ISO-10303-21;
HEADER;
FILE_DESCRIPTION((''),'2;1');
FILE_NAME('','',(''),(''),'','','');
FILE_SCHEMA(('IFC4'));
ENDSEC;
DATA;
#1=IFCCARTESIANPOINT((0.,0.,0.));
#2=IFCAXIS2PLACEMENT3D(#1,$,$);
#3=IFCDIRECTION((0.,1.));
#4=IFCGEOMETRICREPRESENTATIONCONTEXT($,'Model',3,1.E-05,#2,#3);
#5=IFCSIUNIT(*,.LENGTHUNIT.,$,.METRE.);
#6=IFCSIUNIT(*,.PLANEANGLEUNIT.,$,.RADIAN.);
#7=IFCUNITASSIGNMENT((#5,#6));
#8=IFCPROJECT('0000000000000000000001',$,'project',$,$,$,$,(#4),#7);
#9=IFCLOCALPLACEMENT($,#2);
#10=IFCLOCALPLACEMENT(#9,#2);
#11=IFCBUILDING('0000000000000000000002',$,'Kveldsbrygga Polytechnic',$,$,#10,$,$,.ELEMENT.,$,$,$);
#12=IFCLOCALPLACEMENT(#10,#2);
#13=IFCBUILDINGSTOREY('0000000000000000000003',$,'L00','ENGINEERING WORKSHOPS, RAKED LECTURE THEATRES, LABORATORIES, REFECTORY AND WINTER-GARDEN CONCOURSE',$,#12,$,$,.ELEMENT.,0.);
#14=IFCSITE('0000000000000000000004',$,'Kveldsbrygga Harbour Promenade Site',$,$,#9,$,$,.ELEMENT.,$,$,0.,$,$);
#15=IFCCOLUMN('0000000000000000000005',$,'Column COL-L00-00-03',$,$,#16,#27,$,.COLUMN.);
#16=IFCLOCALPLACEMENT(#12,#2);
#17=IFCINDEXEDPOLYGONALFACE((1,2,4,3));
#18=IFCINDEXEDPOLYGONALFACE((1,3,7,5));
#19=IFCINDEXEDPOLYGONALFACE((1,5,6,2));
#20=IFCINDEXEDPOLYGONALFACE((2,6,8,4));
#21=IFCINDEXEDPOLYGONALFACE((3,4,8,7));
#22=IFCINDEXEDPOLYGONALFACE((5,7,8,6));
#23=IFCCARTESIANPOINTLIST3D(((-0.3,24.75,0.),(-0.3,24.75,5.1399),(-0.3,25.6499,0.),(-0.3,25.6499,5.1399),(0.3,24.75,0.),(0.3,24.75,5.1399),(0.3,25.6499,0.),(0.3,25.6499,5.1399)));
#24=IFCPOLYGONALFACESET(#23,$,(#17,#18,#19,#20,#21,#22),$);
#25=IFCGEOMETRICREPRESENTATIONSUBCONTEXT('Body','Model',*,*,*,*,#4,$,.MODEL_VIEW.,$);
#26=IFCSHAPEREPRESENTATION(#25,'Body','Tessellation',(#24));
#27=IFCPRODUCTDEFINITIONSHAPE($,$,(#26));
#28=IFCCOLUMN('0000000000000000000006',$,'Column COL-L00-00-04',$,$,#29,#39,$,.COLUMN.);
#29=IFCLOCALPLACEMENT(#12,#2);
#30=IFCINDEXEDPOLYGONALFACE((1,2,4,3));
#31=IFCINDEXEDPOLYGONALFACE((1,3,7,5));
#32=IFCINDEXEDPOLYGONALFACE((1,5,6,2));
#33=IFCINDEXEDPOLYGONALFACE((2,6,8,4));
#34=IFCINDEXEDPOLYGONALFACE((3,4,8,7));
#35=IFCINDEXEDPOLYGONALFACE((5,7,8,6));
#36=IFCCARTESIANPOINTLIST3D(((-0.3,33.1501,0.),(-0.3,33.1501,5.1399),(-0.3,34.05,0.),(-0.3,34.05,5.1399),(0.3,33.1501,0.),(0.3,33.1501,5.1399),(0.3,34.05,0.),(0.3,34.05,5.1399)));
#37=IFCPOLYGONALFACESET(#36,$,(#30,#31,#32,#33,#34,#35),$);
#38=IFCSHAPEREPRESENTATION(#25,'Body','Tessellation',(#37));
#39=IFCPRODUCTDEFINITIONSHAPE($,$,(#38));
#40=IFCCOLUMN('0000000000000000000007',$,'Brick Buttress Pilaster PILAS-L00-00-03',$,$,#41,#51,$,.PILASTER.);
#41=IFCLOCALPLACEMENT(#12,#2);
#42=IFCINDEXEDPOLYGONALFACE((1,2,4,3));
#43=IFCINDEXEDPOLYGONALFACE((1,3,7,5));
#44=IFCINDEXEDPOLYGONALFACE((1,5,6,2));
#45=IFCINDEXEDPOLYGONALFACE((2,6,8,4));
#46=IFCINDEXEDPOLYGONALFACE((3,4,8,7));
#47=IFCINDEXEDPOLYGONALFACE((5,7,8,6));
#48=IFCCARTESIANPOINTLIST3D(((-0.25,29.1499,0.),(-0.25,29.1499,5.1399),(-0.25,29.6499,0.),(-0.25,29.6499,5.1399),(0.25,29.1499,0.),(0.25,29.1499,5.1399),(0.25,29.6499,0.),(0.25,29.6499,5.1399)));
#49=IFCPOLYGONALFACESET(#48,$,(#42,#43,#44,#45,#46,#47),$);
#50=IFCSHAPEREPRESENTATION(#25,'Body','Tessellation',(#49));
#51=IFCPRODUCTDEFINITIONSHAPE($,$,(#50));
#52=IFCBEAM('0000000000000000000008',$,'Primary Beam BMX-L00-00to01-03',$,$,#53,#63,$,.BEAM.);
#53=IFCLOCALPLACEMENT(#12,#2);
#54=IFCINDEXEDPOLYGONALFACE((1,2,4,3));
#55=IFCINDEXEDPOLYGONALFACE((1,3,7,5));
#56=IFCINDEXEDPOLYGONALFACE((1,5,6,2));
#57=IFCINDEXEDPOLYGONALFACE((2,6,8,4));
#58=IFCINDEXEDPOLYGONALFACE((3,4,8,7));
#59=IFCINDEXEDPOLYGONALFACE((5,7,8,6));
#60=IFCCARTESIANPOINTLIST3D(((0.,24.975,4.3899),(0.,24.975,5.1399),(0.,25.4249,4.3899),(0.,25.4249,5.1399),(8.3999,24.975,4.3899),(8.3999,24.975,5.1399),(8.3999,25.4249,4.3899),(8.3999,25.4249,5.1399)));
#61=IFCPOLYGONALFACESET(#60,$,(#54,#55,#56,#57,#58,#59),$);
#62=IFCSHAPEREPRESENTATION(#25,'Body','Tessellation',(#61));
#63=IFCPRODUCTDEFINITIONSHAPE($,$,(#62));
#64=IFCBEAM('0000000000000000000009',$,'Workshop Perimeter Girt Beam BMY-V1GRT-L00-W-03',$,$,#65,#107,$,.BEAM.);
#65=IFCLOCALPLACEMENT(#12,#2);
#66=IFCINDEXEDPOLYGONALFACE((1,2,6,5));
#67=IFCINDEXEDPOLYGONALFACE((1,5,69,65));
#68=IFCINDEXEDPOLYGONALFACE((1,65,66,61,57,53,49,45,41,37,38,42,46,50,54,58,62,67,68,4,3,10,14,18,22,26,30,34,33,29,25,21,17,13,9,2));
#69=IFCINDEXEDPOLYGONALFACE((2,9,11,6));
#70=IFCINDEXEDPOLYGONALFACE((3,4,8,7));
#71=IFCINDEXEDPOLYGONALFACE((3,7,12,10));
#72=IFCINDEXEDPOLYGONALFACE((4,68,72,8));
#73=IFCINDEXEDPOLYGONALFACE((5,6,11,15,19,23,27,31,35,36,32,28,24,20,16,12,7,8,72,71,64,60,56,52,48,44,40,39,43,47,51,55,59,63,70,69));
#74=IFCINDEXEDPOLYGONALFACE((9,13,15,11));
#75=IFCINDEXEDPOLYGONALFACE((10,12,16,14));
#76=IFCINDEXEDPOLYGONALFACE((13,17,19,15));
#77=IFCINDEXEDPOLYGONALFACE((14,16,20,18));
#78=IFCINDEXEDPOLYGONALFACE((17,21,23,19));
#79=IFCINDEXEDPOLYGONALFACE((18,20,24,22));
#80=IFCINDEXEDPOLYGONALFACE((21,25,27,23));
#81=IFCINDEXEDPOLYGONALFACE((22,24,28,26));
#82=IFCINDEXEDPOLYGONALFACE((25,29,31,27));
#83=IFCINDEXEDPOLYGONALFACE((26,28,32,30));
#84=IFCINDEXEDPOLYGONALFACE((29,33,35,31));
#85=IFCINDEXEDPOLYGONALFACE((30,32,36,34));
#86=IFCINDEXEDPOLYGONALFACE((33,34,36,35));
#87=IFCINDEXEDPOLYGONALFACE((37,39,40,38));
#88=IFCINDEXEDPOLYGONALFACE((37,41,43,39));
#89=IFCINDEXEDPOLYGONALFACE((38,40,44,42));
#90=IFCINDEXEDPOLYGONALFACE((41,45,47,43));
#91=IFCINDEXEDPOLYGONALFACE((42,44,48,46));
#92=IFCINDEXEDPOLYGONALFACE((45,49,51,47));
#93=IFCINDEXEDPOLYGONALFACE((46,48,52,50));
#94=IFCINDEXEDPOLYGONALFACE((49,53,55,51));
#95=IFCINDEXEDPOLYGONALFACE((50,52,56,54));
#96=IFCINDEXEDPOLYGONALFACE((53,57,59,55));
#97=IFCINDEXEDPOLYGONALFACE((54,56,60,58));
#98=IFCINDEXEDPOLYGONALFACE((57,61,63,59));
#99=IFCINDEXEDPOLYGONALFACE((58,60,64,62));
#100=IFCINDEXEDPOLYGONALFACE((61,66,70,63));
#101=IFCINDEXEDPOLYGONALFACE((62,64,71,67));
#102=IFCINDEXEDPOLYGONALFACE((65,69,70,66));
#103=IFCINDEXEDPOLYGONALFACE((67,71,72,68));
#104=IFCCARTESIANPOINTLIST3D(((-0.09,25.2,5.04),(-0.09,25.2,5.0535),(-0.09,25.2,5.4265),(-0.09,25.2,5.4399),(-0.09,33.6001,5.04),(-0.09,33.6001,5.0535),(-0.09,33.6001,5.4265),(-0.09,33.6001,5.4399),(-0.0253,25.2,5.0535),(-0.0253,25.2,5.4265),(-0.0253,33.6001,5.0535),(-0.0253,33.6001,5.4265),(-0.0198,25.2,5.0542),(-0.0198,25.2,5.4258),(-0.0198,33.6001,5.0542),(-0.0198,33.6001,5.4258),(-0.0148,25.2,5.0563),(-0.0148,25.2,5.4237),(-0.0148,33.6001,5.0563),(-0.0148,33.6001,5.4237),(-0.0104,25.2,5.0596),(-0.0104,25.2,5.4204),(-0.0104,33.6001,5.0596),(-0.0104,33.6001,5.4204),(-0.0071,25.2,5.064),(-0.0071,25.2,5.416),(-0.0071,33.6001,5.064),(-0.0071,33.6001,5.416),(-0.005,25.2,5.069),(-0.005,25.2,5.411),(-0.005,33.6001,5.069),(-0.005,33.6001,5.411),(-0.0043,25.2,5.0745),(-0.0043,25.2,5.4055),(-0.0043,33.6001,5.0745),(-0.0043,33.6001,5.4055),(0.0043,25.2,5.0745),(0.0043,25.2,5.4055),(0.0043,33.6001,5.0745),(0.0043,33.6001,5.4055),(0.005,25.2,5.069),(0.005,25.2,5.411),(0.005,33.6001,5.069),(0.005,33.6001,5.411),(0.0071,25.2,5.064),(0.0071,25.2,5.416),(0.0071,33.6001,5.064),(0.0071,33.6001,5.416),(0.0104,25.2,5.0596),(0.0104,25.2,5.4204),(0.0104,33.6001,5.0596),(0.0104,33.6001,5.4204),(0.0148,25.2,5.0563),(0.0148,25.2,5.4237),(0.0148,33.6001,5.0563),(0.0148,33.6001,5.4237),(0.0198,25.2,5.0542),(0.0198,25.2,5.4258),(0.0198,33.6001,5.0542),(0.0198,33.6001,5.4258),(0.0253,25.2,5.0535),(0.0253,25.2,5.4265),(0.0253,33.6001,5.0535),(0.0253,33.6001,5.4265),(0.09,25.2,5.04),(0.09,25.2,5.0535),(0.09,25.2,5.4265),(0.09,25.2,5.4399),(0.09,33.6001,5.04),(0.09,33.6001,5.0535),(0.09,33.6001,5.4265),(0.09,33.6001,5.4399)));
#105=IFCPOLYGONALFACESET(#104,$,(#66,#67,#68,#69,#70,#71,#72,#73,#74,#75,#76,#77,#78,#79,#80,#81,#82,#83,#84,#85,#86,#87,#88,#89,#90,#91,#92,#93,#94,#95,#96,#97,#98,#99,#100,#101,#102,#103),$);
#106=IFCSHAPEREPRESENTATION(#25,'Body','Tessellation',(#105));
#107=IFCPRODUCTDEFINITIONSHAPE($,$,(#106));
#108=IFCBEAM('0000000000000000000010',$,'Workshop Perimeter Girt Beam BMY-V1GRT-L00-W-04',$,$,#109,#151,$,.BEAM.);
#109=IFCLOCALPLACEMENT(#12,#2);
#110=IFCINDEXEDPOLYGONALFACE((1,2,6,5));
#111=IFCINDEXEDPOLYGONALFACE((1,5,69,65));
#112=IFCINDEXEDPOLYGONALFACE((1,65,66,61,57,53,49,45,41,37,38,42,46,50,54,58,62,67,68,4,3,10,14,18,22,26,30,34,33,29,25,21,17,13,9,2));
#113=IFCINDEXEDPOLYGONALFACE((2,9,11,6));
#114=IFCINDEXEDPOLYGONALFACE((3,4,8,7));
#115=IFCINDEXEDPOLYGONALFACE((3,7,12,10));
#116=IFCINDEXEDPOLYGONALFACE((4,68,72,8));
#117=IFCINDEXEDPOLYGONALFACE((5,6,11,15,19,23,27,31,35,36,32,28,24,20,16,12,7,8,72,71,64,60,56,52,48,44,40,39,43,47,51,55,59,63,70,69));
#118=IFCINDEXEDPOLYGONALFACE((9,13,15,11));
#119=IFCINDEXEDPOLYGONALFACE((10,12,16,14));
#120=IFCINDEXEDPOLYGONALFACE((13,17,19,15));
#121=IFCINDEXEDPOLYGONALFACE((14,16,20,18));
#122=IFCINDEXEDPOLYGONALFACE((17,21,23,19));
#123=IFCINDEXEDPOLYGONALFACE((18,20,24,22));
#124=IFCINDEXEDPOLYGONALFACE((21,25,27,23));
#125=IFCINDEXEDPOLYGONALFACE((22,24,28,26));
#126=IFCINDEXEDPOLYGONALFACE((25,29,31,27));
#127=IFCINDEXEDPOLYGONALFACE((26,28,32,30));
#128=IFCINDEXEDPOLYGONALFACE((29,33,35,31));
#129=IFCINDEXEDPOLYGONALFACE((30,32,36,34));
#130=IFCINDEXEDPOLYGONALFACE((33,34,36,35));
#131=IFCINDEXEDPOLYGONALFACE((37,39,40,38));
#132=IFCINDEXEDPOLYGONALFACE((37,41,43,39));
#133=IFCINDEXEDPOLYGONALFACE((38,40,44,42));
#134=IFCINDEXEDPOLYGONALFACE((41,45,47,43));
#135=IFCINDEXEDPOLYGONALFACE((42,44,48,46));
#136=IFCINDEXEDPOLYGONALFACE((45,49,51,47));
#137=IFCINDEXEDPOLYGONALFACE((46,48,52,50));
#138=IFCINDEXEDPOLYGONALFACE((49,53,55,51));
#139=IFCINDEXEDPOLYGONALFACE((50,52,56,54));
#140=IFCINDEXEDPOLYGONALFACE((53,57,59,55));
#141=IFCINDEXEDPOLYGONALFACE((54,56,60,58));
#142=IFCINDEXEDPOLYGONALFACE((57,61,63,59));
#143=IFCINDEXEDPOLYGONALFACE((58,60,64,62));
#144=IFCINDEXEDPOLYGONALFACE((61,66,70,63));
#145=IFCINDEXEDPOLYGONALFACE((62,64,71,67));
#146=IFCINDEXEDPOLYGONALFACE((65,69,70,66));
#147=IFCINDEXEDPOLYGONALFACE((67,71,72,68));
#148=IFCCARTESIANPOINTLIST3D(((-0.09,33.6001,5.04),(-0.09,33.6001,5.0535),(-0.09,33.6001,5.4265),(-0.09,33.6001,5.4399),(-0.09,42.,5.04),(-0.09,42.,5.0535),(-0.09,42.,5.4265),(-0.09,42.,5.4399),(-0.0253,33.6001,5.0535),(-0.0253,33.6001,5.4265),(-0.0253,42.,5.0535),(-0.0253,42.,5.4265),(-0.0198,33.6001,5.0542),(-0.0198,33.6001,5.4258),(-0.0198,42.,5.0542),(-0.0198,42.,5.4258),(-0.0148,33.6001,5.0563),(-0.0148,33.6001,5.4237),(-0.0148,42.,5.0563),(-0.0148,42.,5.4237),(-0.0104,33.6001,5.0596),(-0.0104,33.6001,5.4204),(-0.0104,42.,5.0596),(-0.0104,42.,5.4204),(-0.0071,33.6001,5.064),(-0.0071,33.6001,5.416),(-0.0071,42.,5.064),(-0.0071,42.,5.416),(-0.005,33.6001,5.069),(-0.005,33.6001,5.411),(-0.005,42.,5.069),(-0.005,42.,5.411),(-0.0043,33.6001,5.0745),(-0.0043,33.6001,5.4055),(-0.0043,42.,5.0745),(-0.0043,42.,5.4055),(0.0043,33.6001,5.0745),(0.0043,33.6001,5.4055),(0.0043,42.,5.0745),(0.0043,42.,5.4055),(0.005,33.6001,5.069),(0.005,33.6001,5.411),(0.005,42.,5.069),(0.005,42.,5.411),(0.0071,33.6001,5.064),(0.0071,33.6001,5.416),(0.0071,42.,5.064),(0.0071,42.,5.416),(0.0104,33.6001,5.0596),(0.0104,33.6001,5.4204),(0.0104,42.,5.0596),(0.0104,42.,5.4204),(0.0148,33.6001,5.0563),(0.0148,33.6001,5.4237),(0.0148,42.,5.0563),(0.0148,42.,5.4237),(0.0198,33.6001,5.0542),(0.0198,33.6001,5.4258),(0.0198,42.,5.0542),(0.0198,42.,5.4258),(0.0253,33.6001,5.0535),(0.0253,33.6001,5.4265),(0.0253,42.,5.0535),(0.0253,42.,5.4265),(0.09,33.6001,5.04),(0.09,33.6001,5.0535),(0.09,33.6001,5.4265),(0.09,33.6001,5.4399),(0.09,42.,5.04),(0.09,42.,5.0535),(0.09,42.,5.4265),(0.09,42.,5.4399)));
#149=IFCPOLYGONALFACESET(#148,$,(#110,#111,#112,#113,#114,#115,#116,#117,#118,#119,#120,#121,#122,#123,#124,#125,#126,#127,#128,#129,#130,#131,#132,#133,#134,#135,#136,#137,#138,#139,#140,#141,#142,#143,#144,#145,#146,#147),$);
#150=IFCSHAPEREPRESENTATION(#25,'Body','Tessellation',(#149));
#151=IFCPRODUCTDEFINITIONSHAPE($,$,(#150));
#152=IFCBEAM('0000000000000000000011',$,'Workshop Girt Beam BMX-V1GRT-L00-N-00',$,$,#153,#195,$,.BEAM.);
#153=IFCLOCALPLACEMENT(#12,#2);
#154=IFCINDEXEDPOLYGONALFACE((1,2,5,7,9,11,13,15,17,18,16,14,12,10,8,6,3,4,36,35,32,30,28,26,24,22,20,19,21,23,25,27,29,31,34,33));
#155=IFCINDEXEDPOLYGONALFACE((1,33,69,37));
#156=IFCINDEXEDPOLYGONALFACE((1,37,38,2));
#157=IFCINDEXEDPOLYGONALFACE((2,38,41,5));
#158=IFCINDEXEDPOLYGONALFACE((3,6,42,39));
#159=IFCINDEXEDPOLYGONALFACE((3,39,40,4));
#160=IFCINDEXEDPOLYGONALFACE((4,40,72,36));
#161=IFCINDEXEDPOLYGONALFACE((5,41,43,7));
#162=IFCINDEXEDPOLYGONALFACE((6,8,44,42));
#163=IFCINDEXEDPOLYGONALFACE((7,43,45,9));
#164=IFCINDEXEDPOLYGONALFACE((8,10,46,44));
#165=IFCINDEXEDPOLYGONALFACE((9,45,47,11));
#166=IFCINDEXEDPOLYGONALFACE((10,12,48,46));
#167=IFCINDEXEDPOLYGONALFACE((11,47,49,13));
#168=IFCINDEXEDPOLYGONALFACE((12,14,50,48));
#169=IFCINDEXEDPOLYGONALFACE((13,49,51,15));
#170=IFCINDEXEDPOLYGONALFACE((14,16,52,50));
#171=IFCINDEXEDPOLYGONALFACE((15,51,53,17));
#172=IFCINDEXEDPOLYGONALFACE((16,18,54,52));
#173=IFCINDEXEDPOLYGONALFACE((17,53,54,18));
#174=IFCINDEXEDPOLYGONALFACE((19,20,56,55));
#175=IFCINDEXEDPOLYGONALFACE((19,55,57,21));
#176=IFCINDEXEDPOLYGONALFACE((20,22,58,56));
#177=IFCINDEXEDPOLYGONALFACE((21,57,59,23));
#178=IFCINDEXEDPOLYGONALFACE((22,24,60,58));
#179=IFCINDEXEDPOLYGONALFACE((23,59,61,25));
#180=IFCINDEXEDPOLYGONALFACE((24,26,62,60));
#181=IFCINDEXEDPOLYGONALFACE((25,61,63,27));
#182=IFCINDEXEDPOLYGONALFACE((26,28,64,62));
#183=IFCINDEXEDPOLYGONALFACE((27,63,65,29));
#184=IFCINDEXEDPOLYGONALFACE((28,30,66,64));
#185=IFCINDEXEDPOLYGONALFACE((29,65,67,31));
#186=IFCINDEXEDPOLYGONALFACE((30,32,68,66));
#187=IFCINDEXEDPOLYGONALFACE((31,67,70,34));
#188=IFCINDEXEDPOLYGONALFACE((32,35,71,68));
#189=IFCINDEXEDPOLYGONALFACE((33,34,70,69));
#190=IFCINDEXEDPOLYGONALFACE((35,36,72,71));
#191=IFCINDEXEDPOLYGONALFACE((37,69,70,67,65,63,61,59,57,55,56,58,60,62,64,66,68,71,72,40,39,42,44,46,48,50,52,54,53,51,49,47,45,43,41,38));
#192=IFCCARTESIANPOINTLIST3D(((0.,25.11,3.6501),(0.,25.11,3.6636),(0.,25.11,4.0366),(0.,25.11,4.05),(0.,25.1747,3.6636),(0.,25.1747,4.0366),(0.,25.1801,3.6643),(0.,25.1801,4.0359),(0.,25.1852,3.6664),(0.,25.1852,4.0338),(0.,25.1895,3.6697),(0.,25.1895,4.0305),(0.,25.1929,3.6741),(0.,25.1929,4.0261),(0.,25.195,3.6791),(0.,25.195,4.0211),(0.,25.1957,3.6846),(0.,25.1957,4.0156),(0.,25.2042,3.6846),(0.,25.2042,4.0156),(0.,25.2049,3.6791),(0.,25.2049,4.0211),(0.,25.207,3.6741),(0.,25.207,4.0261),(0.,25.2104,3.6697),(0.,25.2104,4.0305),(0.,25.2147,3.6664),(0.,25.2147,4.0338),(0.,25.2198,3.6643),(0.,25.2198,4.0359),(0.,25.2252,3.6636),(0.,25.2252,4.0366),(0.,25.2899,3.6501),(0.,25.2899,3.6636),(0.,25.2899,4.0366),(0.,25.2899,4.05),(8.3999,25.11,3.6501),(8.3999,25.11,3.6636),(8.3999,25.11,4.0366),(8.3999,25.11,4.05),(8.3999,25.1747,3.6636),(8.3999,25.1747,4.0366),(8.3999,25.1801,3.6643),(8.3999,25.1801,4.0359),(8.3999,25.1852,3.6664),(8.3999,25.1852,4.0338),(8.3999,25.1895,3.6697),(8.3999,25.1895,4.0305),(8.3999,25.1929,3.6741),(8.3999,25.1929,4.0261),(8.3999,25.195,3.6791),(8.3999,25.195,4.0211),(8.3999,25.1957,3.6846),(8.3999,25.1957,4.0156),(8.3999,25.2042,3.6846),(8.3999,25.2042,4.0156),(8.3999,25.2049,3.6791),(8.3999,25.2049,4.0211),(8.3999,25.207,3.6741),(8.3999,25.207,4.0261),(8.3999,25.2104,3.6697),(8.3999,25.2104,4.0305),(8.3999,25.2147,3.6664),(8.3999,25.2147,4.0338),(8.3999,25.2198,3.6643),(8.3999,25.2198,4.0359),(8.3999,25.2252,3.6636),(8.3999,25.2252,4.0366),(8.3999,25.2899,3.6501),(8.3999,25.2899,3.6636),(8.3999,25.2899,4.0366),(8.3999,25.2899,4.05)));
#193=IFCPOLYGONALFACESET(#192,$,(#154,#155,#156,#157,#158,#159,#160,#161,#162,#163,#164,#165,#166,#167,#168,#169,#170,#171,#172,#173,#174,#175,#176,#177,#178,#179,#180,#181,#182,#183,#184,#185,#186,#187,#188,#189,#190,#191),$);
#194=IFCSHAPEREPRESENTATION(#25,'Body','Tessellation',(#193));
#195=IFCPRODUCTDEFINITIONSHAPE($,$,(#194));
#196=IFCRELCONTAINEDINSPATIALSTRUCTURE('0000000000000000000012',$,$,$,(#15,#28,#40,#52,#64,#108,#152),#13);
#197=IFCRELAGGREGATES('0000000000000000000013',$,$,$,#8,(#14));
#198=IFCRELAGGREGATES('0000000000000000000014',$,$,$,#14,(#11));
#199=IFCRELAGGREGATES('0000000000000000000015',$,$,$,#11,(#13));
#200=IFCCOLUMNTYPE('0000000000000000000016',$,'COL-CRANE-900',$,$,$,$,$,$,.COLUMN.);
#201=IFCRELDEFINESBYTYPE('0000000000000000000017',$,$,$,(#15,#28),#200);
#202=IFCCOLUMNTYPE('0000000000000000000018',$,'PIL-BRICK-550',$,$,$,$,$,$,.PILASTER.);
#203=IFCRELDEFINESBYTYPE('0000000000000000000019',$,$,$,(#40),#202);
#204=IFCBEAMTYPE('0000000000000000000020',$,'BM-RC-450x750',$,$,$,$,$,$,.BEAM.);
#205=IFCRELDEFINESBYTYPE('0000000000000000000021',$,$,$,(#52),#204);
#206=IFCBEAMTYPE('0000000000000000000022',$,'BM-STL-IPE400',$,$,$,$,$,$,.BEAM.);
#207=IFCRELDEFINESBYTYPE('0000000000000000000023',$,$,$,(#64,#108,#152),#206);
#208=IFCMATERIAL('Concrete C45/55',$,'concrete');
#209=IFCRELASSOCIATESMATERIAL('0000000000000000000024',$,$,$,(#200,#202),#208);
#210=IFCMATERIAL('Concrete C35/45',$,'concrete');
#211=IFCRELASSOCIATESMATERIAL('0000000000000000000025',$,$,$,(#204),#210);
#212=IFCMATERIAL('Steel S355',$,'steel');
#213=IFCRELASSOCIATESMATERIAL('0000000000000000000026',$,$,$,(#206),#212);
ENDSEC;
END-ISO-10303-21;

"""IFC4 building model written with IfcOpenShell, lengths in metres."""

from ifc_helpers import new_model, si_unit, direction, frame, origin, origin_2d, place, context, subcontext, project, spatial, rectangle, i_section, extrude, material, material_profile, profile_set, type_object, element, save


model = new_model("IFC4")

# Units and contexts
model_context = context("Model", 3, precision=1e-05, world=origin(), true_north=direction((0.0, 1.0)))
body_context = subcontext(model_context, "Body", "Model", "MODEL_VIEW")
ifc_project = project(units=[si_unit("LENGTHUNIT", "METRE"), si_unit("PLANEANGLEUNIT", "RADIAN")], contexts=[model_context])

# Site, building, storey
site_placement = place(None, origin())
site = spatial("IfcSite", under=ifc_project, at=site_placement, Name="Kveldsbrygga Harbour Promenade Site", CompositionType="ELEMENT", RefElevation=0.0)
building_placement = place(site_placement, origin())
building = spatial("IfcBuilding", under=site, at=building_placement, Name="Kveldsbrygga Polytechnic", CompositionType="ELEMENT")
storey_placement = place(building_placement, origin())
storey = spatial("IfcBuildingStorey", under=building, at=storey_placement, Name="L00", Description="ENGINEERING WORKSHOPS, RAKED LECTURE THEATRES, LABORATORIES, REFECTORY AND WINTER-GARDEN CONCOURSE", CompositionType="ELEMENT", Elevation=0.0)

# Columns
ifc_material_1 = material(Name="Concrete C45/55", Category="concrete")
ifc_material_profile_1 = material_profile(ifc_material_1, rectangle(XDim=0.6001, YDim=0.8999, at=origin_2d()), Name="RC 600x900")
ifc_profile_set_1 = profile_set([ifc_material_profile_1], Name="Concrete C45/55")
column_type_1 = type_object("IfcColumnType", Name="COL-CRANE-900", PredefinedType="COLUMN", material=ifc_profile_set_1)
for number, where, z_axis, x_axis, name in (
    (1, (0.0, 25.2, 0.0), (0.0, 0.0, 1.0), (1.0, 0.0, 0.0), "Column COL-L00-00-03"),
    (2, (0.0, 33.6001, 0.0), (0.0, 0.0, 1.0), (1.0, 0.0, 0.0), "Column COL-L00-00-04"),
):
    element("IfcColumn", number, at=place(storey_placement, frame(where, z_axis=z_axis, x_axis=x_axis)), inside=storey, type_object=column_type_1, Name=name, PredefinedType="COLUMN", context=body_context, shape_type="SweptSolid", body=[
        extrude(rectangle(XDim=0.6001, YDim=0.8999, at=origin_2d()), origin(), (0.0, 0.0, 1.0), 5.1399),
    ])
ifc_material_profile_2 = material_profile(ifc_material_1, rectangle(XDim=0.5, YDim=0.5, at=origin_2d()), Name="RC 500x500")
ifc_profile_set_2 = profile_set([ifc_material_profile_2], Name="Concrete C45/55")
column_type_2 = type_object("IfcColumnType", Name="PIL-BRICK-550", PredefinedType="PILASTER", material=ifc_profile_set_2)
column_placement = place(storey_placement, frame((0.0, 29.3999, 0.0), z_axis=(0.0, 0.0, 1.0), x_axis=(1.0, 0.0, 0.0)))
element("IfcColumn", 3, at=column_placement, inside=storey, type_object=column_type_2, Name="Brick Buttress Pilaster PILAS-L00-00-03", PredefinedType="PILASTER", context=body_context, shape_type="SweptSolid", body=[
    extrude(rectangle(XDim=0.5, YDim=0.5, at=origin_2d()), origin(), (0.0, 0.0, 1.0), 5.1399),
])

# Beams
ifc_material_2 = material(Name="Concrete C35/45", Category="concrete")
ifc_material_profile_3 = material_profile(ifc_material_2, rectangle(XDim=0.45, YDim=0.75, at=origin_2d()), Name="RC 450x750")
ifc_profile_set_3 = profile_set([ifc_material_profile_3], Name="Concrete C35/45")
beam_type_1 = type_object("IfcBeamType", Name="BM-RC-450x750", PredefinedType="BEAM", material=ifc_profile_set_3)
beam_1_placement = place(storey_placement, frame((0.0, 25.2, 4.7649), z_axis=(1.0, 0.0, 0.0), x_axis=(0.0, 1.0, 0.0)))
element("IfcBeam", 4, at=beam_1_placement, inside=storey, type_object=beam_type_1, Name="Primary Beam BMX-L00-00to01-03", PredefinedType="BEAM", context=body_context, shape_type="SweptSolid", body=[
    extrude(rectangle(XDim=0.45, YDim=0.75, at=origin_2d()), origin(), (0.0, 0.0, 1.0), 8.3999),
])
ifc_material_3 = material(Name="Steel S355", Category="steel")
ifc_material_profile_4 = material_profile(ifc_material_3, i_section(OverallWidth=0.1799, OverallDepth=0.3999, WebThickness=0.0085, FlangeThickness=0.0134, FilletRadius=0.021, at=origin_2d()), Name="IPE 400")
ifc_profile_set_4 = profile_set([ifc_material_profile_4], Name="Steel S355")
beam_type_2 = type_object("IfcBeamType", Name="BM-STL-IPE400", PredefinedType="BEAM", material=ifc_profile_set_4)
beam_2_placement = place(storey_placement, frame((0.0, 25.2, 5.24), z_axis=(0.0, 1.0, 0.0), x_axis=(-1.0, 0.0, 0.0)))
element("IfcBeam", 5, at=beam_2_placement, inside=storey, type_object=beam_type_2, Name="Workshop Perimeter Girt Beam BMY-V1GRT-L00-W-03", PredefinedType="BEAM", context=body_context, shape_type="SweptSolid", body=[
    extrude(i_section(OverallWidth=0.1799, OverallDepth=0.3999, WebThickness=0.0085, FlangeThickness=0.0134, FilletRadius=0.021, at=origin_2d()), origin(), (0.0, 0.0, 1.0), 8.4001),
])
for number, where, z_axis, x_axis, name in (
    (6, (0.0, 33.6001, 5.24), (0.0, 1.0, 0.0), (-1.0, 0.0, 0.0), "Workshop Perimeter Girt Beam BMY-V1GRT-L00-W-04"),
    (7, (0.0, 25.2, 3.8501), (1.0, 0.0, 0.0), (0.0, 1.0, 0.0), "Workshop Girt Beam BMX-V1GRT-L00-N-00"),
):
    element("IfcBeam", number, at=place(storey_placement, frame(where, z_axis=z_axis, x_axis=x_axis)), inside=storey, type_object=beam_type_2, Name=name, PredefinedType="BEAM", context=body_context, shape_type="SweptSolid", body=[
        extrude(i_section(OverallWidth=0.1799, OverallDepth=0.3999, WebThickness=0.0085, FlangeThickness=0.0134, FilletRadius=0.021, at=origin_2d()), origin(), (0.0, 0.0, 1.0), 8.3999),
    ])

save(model, "model.ifc")
